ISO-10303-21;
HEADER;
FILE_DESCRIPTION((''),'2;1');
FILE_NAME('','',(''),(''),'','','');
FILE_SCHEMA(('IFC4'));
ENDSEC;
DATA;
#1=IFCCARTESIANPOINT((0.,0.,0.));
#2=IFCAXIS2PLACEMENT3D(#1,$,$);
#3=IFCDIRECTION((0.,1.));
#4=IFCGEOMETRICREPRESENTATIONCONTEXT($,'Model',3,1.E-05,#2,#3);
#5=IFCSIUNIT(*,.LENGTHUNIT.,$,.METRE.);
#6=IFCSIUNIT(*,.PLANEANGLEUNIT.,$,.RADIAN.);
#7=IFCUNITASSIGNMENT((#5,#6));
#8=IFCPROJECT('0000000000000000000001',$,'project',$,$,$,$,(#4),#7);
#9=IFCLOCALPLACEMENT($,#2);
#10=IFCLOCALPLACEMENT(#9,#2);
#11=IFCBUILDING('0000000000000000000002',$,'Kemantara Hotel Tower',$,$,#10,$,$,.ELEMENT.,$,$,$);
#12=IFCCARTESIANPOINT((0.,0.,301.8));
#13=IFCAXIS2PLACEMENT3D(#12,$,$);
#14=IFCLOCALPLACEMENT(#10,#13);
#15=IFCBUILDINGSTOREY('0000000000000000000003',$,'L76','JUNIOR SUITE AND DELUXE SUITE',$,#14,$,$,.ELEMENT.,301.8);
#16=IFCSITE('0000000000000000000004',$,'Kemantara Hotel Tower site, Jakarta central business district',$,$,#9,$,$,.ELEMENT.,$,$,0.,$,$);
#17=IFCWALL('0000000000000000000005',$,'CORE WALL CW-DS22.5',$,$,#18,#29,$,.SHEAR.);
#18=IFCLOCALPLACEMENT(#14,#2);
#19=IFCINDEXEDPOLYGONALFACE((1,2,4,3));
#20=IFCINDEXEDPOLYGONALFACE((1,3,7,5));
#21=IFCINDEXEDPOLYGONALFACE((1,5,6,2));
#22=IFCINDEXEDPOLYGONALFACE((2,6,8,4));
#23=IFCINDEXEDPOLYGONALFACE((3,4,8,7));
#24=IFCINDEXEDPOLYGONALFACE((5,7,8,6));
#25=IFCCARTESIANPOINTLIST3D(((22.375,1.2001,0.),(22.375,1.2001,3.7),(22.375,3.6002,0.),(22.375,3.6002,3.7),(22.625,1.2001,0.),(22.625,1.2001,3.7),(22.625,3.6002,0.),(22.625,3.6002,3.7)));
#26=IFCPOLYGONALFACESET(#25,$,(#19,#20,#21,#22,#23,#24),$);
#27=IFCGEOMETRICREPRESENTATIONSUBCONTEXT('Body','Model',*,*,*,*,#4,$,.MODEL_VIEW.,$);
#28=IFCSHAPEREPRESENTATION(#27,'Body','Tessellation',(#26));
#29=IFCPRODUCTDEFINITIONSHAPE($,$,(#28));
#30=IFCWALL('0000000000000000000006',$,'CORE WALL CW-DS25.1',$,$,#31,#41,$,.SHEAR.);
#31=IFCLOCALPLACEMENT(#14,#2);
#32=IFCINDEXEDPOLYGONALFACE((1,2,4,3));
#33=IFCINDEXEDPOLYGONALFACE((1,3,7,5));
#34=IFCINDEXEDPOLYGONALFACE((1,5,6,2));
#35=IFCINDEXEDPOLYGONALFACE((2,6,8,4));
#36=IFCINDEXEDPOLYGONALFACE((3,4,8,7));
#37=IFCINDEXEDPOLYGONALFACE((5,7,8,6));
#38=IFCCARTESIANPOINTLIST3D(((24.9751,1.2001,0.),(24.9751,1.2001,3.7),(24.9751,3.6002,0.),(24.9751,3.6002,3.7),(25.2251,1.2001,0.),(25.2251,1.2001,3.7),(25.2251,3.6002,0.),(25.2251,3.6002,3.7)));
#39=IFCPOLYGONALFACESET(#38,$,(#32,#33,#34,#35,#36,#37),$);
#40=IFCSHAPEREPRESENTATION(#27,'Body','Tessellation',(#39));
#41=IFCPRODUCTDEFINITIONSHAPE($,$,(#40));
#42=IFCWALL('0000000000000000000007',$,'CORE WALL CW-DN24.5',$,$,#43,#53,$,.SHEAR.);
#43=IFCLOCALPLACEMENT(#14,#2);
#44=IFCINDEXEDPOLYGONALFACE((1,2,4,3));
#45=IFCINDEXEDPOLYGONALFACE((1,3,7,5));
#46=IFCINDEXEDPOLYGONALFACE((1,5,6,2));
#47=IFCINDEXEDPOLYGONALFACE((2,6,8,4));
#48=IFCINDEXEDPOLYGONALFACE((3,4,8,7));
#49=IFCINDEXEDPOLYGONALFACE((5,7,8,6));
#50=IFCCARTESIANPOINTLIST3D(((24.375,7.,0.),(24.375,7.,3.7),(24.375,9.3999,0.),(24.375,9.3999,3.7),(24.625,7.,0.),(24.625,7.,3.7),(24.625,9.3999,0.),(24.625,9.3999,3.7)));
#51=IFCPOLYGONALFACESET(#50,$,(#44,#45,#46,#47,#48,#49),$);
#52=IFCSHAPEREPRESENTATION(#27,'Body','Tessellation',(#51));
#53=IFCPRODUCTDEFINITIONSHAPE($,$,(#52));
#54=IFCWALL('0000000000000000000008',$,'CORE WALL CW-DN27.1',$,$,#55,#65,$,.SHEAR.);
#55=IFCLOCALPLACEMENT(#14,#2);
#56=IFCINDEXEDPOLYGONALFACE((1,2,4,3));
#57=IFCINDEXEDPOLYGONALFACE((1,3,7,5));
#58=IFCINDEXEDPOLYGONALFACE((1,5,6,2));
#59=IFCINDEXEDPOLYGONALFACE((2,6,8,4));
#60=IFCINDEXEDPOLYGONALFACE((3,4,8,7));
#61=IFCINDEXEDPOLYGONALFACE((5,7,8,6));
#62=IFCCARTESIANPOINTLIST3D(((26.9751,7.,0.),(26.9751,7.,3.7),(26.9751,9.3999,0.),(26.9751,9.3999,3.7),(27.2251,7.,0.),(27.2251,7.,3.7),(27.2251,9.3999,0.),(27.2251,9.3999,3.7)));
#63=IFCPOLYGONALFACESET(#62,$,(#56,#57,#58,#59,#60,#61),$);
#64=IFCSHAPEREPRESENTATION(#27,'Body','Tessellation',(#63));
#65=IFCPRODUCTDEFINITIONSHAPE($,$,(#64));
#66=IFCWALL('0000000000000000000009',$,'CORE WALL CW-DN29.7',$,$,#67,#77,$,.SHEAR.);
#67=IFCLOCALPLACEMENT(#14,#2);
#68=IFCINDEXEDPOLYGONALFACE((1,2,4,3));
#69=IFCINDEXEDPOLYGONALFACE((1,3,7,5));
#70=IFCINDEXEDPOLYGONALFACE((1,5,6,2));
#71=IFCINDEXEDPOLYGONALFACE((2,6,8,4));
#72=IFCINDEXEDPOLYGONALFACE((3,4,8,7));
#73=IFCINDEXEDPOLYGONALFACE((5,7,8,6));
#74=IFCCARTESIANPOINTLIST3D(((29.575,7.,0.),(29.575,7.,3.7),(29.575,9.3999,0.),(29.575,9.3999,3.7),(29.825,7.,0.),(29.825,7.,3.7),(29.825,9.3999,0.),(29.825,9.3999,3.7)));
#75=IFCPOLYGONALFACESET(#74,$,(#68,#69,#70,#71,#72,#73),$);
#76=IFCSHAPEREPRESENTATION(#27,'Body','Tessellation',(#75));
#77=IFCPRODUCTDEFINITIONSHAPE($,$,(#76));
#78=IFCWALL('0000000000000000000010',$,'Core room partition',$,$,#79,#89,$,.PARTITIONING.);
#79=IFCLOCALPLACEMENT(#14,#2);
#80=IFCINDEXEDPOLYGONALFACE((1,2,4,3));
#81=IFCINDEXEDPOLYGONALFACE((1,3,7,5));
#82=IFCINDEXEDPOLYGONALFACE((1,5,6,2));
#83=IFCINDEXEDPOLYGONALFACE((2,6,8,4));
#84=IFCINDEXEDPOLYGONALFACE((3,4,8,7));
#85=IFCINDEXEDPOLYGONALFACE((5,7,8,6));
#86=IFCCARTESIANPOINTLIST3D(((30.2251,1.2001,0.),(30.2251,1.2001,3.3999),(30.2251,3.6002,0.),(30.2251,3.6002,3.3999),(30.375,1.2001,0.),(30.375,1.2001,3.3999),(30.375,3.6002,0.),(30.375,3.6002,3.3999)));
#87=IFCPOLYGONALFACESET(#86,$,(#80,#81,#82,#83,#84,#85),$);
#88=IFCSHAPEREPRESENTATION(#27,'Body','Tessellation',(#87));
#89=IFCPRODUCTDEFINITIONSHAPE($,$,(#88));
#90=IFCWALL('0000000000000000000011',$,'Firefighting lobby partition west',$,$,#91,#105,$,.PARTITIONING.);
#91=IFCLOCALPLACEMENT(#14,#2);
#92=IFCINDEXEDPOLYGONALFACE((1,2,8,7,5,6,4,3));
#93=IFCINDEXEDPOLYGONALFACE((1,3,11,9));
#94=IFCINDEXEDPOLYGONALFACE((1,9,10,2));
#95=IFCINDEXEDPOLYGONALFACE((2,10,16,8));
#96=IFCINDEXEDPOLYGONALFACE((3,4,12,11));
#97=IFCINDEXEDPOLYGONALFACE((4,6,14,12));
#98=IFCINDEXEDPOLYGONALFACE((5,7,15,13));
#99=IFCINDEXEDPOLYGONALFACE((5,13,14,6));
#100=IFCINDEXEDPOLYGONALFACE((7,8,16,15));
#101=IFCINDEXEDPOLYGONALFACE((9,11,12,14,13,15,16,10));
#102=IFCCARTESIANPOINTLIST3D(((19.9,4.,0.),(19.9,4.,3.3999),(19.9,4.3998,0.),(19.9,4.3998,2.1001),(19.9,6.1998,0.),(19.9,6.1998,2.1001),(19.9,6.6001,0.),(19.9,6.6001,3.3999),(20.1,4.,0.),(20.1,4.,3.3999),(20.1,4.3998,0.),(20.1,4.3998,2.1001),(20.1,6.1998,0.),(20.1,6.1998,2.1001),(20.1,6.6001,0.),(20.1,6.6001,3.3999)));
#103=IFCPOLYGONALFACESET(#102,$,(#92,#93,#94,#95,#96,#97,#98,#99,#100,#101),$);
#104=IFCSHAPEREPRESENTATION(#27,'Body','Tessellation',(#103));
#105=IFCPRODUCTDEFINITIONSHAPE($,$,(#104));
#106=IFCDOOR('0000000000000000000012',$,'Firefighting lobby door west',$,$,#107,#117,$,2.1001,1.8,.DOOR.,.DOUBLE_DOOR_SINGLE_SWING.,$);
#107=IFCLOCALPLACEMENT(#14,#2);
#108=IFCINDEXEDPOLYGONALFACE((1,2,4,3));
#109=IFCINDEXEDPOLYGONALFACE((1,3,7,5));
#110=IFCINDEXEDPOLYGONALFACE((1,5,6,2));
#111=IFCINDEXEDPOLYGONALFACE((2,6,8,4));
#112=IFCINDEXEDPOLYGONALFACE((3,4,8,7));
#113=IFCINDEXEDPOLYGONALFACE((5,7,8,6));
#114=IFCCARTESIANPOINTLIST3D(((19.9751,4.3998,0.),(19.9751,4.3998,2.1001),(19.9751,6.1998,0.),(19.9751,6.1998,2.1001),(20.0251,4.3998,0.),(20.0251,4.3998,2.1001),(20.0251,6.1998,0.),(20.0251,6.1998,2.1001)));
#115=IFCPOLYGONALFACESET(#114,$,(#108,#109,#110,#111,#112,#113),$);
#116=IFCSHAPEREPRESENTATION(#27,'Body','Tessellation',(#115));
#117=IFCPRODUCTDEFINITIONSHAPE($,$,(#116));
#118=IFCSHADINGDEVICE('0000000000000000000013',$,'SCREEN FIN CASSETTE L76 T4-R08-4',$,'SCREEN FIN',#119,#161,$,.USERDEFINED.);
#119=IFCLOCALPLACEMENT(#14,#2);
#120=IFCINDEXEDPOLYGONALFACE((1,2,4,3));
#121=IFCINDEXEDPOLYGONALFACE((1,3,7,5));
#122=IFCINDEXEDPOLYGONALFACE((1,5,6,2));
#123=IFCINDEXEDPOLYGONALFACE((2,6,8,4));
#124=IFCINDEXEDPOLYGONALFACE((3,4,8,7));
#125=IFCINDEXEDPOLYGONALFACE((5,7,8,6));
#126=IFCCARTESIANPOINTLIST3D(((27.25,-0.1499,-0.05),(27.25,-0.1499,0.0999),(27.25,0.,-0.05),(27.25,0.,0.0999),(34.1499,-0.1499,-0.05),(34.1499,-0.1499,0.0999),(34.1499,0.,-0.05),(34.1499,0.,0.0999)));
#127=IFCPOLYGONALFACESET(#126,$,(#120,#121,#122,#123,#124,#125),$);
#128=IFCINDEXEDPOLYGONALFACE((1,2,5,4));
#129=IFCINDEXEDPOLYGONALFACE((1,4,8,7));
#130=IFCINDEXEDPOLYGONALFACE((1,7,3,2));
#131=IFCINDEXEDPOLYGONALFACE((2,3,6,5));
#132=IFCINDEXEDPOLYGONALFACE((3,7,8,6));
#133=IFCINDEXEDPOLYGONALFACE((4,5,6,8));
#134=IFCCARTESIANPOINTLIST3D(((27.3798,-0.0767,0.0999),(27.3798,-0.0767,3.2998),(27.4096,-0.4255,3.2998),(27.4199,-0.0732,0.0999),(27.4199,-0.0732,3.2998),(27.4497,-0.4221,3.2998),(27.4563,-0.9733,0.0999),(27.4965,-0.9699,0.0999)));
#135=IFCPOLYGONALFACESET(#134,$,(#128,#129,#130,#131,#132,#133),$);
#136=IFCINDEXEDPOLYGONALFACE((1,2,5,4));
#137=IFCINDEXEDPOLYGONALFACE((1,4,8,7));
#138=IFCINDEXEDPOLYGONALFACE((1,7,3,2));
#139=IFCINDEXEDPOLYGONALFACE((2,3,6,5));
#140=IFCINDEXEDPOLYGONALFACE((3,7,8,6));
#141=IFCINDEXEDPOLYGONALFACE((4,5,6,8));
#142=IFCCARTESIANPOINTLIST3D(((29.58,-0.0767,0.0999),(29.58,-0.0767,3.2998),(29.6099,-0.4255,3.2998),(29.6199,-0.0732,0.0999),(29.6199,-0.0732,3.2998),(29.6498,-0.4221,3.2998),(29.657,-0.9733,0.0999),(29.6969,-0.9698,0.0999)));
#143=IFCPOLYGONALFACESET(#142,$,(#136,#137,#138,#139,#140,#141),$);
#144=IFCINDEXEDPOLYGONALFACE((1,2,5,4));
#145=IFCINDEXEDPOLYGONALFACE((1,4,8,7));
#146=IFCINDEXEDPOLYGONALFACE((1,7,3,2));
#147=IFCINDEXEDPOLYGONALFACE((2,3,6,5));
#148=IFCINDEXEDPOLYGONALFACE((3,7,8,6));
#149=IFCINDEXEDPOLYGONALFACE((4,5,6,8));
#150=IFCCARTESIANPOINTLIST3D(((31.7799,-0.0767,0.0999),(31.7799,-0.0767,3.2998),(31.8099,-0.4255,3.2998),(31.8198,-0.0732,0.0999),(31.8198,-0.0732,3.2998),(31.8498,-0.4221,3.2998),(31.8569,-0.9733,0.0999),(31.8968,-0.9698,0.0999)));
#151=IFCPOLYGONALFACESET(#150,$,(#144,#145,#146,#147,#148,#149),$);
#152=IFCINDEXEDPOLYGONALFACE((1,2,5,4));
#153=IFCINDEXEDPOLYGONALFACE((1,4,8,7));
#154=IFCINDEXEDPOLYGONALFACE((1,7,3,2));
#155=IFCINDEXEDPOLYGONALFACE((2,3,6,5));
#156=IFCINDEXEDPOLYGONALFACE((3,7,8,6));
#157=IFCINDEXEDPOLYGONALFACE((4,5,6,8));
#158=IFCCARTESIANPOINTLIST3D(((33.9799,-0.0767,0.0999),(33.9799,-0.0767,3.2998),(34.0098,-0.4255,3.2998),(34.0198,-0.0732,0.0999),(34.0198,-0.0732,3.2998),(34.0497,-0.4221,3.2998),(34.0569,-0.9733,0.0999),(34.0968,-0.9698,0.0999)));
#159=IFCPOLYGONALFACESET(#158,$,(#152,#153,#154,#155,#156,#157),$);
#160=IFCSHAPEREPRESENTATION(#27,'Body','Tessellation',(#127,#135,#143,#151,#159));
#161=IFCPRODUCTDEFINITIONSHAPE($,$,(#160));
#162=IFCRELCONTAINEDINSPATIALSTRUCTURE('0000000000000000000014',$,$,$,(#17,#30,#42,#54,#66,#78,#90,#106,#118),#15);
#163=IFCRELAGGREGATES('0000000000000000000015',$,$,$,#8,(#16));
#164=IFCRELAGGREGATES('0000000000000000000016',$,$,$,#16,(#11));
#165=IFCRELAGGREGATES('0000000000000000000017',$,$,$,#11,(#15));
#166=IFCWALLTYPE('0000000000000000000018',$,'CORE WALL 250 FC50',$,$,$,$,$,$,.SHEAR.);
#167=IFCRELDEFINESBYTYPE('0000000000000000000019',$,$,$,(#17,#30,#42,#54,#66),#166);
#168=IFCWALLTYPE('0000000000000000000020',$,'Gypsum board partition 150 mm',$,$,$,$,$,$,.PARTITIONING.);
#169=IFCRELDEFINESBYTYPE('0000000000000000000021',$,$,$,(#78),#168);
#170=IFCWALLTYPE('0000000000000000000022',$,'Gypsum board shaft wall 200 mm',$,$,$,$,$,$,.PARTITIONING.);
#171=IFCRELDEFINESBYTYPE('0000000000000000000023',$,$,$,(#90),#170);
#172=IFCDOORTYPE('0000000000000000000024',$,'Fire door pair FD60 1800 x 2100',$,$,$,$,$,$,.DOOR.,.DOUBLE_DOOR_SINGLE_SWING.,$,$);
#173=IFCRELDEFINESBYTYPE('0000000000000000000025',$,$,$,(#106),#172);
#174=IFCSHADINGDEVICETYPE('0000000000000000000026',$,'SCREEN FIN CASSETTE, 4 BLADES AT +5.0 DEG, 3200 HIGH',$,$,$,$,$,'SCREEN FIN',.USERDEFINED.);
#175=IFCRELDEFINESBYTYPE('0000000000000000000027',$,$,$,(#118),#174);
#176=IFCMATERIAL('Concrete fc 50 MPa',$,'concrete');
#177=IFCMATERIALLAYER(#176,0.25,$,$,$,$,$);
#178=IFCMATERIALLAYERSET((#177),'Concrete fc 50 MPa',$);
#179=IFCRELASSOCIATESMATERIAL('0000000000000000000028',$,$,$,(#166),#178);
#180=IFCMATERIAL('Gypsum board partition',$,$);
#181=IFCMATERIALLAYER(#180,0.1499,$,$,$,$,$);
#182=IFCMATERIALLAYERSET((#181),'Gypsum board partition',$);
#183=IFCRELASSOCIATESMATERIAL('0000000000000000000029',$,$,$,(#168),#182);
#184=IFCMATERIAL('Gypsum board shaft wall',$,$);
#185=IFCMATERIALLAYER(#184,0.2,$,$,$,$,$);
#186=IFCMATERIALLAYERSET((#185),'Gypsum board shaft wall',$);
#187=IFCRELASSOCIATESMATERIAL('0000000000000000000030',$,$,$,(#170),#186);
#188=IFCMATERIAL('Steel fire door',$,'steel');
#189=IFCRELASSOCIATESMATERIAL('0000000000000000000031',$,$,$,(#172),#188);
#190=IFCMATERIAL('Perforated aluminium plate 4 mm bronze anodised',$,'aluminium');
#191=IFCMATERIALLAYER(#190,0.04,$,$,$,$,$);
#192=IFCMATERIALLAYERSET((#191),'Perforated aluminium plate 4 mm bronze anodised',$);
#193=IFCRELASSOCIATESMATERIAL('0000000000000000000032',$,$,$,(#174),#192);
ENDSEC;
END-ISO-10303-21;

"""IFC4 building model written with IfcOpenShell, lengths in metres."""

from ifc_helpers import new_model, si_unit, direction, frame, frame_2d, origin, origin_2d, place, context, subcontext, project, spatial, polyline, rectangle, outline, extrude, source, transform, mapped, material, layer, layer_set, type_object, element, fill, save


model = new_model("IFC4")

# Units and contexts
model_context = context("Model", 3, precision=1e-05, world=origin(), true_north=direction((0.0, 1.0)))
body_context = subcontext(model_context, "Body", "Model", "MODEL_VIEW")
ifc_project = project(units=[si_unit("LENGTHUNIT", "METRE"), si_unit("PLANEANGLEUNIT", "RADIAN")], contexts=[model_context])

# Site, building, storey
site_placement = place(None, origin())
site = spatial("IfcSite", under=ifc_project, at=site_placement, Name="Kemantara Hotel Tower site, Jakarta central business district", CompositionType="ELEMENT", RefElevation=0.0)
building_placement = place(site_placement, origin())
building = spatial("IfcBuilding", under=site, at=building_placement, Name="Kemantara Hotel Tower", CompositionType="ELEMENT")
storey_placement = place(building_placement, frame((0.0, 0.0, 301.8)))
storey = spatial("IfcBuildingStorey", under=building, at=storey_placement, Name="L76", Description="JUNIOR SUITE AND DELUXE SUITE", CompositionType="ELEMENT", Elevation=301.8)

# Walls
ifc_material_1 = material(Name="Concrete fc 50 MPa", Category="concrete")
ifc_layer_1 = layer(ifc_material_1, 0.25)
ifc_layer_set_1 = layer_set([ifc_layer_1], Name="Concrete fc 50 MPa")
wall_type_1 = type_object("IfcWallType", Name="CORE WALL 250 FC50", PredefinedType="SHEAR", material=ifc_layer_set_1)
for number, where, z_axis, x_axis, name in (
    (1, (22.5, 1.2, 0.0), (0.0, 0.0, 1.0), (0.0, 1.0, 0.0), "CORE WALL CW-DS22.5"),
    (2, (25.1001, 1.2, 0.0), (0.0, 0.0, 1.0), (0.0, 1.0, 0.0), "CORE WALL CW-DS25.1"),
):
    element("IfcWall", number, at=place(storey_placement, frame(where, z_axis=z_axis, x_axis=x_axis)), inside=storey, type_object=wall_type_1, Name=name, PredefinedType="SHEAR", context=body_context, shape_type="SweptSolid", body=[
        extrude(rectangle(XDim=2.4001, YDim=0.25, at=frame_2d((1.2002, 0.0))), origin(), (0.0, 0.0, 1.0), 3.7),
    ])
for number, where, z_axis, x_axis, name in (
    (3, (24.5, 7.0, 0.0), (0.0, 0.0, 1.0), (0.0, 1.0, 0.0), "CORE WALL CW-DN24.5"),
    (4, (27.1001, 7.0, 0.0), (0.0, 0.0, 1.0), (0.0, 1.0, 0.0), "CORE WALL CW-DN27.1"),
    (5, (29.7, 7.0, 0.0), (0.0, 0.0, 1.0), (0.0, 1.0, 0.0), "CORE WALL CW-DN29.7"),
):
    element("IfcWall", number, at=place(storey_placement, frame(where, z_axis=z_axis, x_axis=x_axis)), inside=storey, type_object=wall_type_1, Name=name, PredefinedType="SHEAR", context=body_context, shape_type="SweptSolid", body=[
        extrude(rectangle(XDim=2.3999, YDim=0.25, at=frame_2d((1.2, 0.0))), origin(), (0.0, 0.0, 1.0), 3.7),
    ])
ifc_material_2 = material(Name="Gypsum board partition")
ifc_layer_2 = layer(ifc_material_2, 0.1499)
ifc_layer_set_2 = layer_set([ifc_layer_2], Name="Gypsum board partition")
wall_type_2 = type_object("IfcWallType", Name="Gypsum board partition 150 mm", PredefinedType="PARTITIONING", material=ifc_layer_set_2)
wall_1_placement = place(storey_placement, frame((30.3, 1.2, 0.0), z_axis=(0.0, 0.0, 1.0), x_axis=(0.0, 1.0, 0.0)))
element("IfcWall", 6, at=wall_1_placement, inside=storey, type_object=wall_type_2, Name="Core room partition", PredefinedType="PARTITIONING", context=body_context, shape_type="SweptSolid", body=[
    extrude(rectangle(XDim=2.4001, YDim=0.1499, at=frame_2d((1.2002, 0.0))), origin(), (0.0, 0.0, 1.0), 3.3999),
])

# Wall, opening, door
ifc_material_3 = material(Name="Gypsum board shaft wall")
ifc_layer_3 = layer(ifc_material_3, 0.2)
ifc_layer_set_3 = layer_set([ifc_layer_3], Name="Gypsum board shaft wall")
wall_type_3 = type_object("IfcWallType", Name="Gypsum board shaft wall 200 mm", PredefinedType="PARTITIONING", material=ifc_layer_set_3)
wall_2_placement = place(storey_placement, frame((20.0, 4.0, 0.0), z_axis=(0.0, 0.0, 1.0), x_axis=(0.0, 1.0, 0.0)))
wall_2 = element("IfcWall", 7, at=wall_2_placement, inside=storey, type_object=wall_type_3, Name="Firefighting lobby partition west", PredefinedType="PARTITIONING", context=body_context, shape_type="SweptSolid", body=[
    extrude(rectangle(XDim=2.6001, YDim=0.2, at=frame_2d((1.3, 0.0))), origin(), (0.0, 0.0, 1.0), 3.3999),
])
opening_placement = place(wall_2_placement, frame((0.3999, 0.0, 0.0)))
opening = element("IfcOpeningElement", 8, at=opening_placement, cuts=wall_2, PredefinedType="OPENING", context=body_context, shape_type="SweptSolid", body=[
    extrude(rectangle(XDim=1.8, YDim=2.1001, at=frame_2d((0.8999, 1.05))), frame((0.0, 0.1099, 0.0), z_axis=(0.0, -1.0, 0.0), x_axis=(1.0, 0.0, 0.0)), (0.0, 0.0, 1.0), 0.22),
])
ifc_material_4 = material(Name="Steel fire door", Category="steel")
door_type = type_object("IfcDoorType", Name="Fire door pair FD60 1800 x 2100", OperationType="DOUBLE_DOOR_SINGLE_SWING", PredefinedType="DOOR", material=ifc_material_4)
door_placement = place(opening_placement, origin())
door = element("IfcDoor", 9, at=door_placement, inside=storey, type_object=door_type, Name="Firefighting lobby door west", OperationType="DOUBLE_DOOR_SINGLE_SWING", OverallHeight=2.1001, OverallWidth=1.8, PredefinedType="DOOR", context=body_context, shape_type="SweptSolid", body=[
    extrude(rectangle(XDim=1.8, YDim=2.1001, at=frame_2d((0.8999, 1.05))), frame((0.0, 0.0249, 0.0), z_axis=(0.0, -1.0, 0.0), x_axis=(1.0, 0.0, 0.0)), (0.0, 0.0, 1.0), 0.05),
])
fill(opening, door)

# Shading device
ifc_material_5 = material(Name="Perforated aluminium plate 4 mm bronze anodised", Category="aluminium")
ifc_layer_4 = layer(ifc_material_5, 0.04)
ifc_layer_set_4 = layer_set([ifc_layer_4], Name="Perforated aluminium plate 4 mm bronze anodised")
shading_device_type = type_object("IfcShadingDeviceType", Name="SCREEN FIN CASSETTE, 4 BLADES AT +5.0 DEG, 3200 HIGH", ElementType="SCREEN FIN", PredefinedType="USERDEFINED", material=ifc_layer_set_4)
shared_shape = source(origin(), body_context, "Body", "SweptSolid", [
    extrude(rectangle(XDim=6.8999, YDim=0.1499, at=origin_2d()), frame((3.3, -0.075, -0.1499), z_axis=(0.0, 0.0, 1.0), x_axis=(1.0, 0.0, 0.0)), (0.0, 0.0, 1.0), 0.1499),
    extrude(outline(polyline([(0.0, 0.0), (0.8999, 0.0), (0.3501, 3.2), (0.0, 3.2), (0.0, 0.0)])), frame((0.02, -0.0732, 0.0), z_axis=(-0.996376, -0.085056, 0.0), x_axis=(0.085056, -0.996376, 0.0)), (0.0, 0.0, 1.0), 0.0403),
    extrude(outline(polyline([(0.0, 0.0), (0.8999, 0.0), (0.3501, 3.2), (0.0, 3.2), (0.0, 0.0)])), frame((2.22, -0.0732, 0.0), z_axis=(-0.996332, -0.085575, 0.0), x_axis=(0.085575, -0.996332, 0.0)), (0.0, 0.0, 1.0), 0.04),
    extrude(outline(polyline([(0.0, 0.0), (0.8999, 0.0), (0.3501, 3.2), (0.0, 3.2), (0.0, 0.0)])), frame((4.4199, -0.0732, 0.0), z_axis=(-0.996332, -0.085575, 0.0), x_axis=(0.085575, -0.996332, 0.0)), (0.0, 0.0, 1.0), 0.04),
    extrude(outline(polyline([(0.0, 0.0), (0.8999, 0.0), (0.3501, 3.2), (0.0, 3.2), (0.0, 0.0)])), frame((6.6199, -0.0732, 0.0), z_axis=(-0.996332, -0.085575, 0.0), x_axis=(0.085575, -0.996332, 0.0)), (0.0, 0.0, 1.0), 0.04),
])
shading_device_placement = place(storey_placement, frame((27.3999, 0.0, 0.0999), z_axis=(0.0, 0.0, 1.0), x_axis=(1.0, 0.0, 0.0)))
element("IfcShadingDevice", 10, at=shading_device_placement, inside=storey, type_object=shading_device_type, Name="SCREEN FIN CASSETTE L76 T4-R08-4", ObjectType="SCREEN FIN", PredefinedType="USERDEFINED", context=body_context, shape_type="MappedRepresentation", body=[
    mapped(shared_shape, transform((0.0, 0.0, 0.0))),
])

save(model, "model.ifc")
